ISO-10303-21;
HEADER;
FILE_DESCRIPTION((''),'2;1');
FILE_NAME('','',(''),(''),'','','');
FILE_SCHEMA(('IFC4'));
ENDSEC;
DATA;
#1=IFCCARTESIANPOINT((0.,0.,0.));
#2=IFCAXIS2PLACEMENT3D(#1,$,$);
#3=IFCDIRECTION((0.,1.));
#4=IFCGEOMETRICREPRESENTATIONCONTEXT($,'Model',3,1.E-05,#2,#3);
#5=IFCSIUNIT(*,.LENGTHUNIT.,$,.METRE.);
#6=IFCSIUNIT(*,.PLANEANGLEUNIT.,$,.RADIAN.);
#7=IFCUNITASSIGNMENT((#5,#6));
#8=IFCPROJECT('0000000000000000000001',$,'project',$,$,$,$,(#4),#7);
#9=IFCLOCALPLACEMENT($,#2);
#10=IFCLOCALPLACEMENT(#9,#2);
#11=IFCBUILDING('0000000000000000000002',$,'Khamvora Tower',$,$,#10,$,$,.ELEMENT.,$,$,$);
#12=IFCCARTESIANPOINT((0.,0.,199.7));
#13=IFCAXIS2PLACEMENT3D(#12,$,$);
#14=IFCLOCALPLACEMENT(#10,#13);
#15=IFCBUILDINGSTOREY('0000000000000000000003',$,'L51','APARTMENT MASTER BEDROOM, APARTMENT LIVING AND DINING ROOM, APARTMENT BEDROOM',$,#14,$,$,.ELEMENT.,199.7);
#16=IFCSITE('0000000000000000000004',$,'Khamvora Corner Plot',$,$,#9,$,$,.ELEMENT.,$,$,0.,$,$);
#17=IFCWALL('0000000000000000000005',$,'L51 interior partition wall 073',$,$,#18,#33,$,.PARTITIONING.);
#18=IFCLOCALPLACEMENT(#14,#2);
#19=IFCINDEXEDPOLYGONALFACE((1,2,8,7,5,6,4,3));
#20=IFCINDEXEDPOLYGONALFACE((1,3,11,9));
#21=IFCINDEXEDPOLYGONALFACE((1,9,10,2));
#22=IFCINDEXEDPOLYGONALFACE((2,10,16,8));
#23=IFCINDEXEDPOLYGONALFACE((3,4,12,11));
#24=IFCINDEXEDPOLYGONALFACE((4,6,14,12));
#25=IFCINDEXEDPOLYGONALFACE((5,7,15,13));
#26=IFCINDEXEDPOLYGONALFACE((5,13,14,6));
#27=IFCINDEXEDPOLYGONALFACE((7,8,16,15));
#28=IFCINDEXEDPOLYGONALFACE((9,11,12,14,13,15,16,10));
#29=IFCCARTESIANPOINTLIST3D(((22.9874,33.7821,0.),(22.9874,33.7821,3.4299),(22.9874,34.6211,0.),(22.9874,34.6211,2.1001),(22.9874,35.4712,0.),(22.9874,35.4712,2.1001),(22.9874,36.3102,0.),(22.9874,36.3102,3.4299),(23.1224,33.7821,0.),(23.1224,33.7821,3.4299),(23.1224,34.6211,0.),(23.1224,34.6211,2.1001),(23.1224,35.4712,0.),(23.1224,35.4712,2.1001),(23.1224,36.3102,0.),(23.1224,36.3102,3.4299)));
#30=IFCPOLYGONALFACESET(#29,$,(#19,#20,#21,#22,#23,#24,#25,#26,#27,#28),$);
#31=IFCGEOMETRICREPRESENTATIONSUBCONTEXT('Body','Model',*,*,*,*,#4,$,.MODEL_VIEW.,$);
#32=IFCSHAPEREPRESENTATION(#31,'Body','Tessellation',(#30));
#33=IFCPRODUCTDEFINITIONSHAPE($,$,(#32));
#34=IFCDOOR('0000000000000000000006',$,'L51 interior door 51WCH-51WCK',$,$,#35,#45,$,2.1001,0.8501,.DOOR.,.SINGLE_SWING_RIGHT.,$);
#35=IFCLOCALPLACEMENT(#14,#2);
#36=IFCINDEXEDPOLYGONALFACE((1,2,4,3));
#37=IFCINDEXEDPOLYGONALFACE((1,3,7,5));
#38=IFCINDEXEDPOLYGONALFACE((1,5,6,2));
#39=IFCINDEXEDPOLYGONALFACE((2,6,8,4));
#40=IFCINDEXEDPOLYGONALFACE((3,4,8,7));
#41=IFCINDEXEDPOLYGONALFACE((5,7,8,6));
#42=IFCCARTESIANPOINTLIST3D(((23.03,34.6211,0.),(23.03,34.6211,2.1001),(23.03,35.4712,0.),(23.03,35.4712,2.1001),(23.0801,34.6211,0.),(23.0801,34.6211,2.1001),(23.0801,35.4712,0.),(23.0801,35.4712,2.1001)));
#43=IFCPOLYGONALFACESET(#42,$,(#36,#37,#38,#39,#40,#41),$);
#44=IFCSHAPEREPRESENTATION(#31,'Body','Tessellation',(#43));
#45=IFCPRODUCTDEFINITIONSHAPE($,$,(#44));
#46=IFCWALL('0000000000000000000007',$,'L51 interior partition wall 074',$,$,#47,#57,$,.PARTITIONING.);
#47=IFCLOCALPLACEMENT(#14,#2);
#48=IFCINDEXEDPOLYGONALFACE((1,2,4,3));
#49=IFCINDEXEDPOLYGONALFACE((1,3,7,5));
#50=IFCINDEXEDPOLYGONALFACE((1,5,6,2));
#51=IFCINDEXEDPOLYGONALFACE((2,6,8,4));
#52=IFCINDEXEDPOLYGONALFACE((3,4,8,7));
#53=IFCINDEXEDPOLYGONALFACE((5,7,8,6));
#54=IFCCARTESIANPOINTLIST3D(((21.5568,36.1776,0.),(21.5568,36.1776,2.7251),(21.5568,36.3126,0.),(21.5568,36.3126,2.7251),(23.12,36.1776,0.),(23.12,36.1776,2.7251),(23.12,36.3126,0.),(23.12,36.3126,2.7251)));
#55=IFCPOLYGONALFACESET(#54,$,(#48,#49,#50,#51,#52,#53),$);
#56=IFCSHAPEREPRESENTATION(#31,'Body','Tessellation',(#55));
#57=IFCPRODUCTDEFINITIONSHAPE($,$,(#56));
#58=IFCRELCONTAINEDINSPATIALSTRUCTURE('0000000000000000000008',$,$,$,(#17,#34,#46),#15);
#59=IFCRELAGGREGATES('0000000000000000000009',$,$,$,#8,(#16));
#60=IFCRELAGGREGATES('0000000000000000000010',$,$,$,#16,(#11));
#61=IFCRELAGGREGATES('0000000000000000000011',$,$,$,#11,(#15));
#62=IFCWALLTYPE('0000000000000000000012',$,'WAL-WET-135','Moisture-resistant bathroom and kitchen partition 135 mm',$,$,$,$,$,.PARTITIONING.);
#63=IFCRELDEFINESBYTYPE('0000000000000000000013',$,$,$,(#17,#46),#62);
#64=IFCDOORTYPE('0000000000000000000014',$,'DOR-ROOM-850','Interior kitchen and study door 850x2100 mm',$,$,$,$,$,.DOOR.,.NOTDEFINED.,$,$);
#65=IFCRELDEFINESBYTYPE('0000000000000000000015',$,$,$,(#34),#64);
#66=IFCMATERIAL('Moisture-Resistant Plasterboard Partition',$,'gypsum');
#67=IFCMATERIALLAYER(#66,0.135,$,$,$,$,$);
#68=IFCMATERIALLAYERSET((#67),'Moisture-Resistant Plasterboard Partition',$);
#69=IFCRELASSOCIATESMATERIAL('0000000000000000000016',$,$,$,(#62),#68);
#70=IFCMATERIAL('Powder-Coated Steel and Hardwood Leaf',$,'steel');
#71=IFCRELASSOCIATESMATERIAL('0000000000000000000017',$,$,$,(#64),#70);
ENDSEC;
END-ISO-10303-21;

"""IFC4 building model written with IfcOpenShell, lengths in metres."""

from ifc_helpers import new_model, si_unit, direction, frame, frame_2d, origin, place, context, subcontext, project, spatial, rectangle, extrude, material, layer, layer_set, type_object, element, fill, save


model = new_model("IFC4")

# Units and contexts
model_context = context("Model", 3, precision=1e-05, world=origin(), true_north=direction((0.0, 1.0)))
body_context = subcontext(model_context, "Body", "Model", "MODEL_VIEW")
ifc_project = project(units=[si_unit("LENGTHUNIT", "METRE"), si_unit("PLANEANGLEUNIT", "RADIAN")], contexts=[model_context])

# Site, building, storey
site_placement = place(None, origin())
site = spatial("IfcSite", under=ifc_project, at=site_placement, Name="Khamvora Corner Plot", CompositionType="ELEMENT", RefElevation=0.0)
building_placement = place(site_placement, origin())
building = spatial("IfcBuilding", under=site, at=building_placement, Name="Khamvora Tower", CompositionType="ELEMENT")
storey_placement = place(building_placement, frame((0.0, 0.0, 199.7)))
storey = spatial("IfcBuildingStorey", under=building, at=storey_placement, Name="L51", Description="APARTMENT MASTER BEDROOM, APARTMENT LIVING AND DINING ROOM, APARTMENT BEDROOM", CompositionType="ELEMENT", Elevation=199.7)

# Shared definitions
ifc_material_1 = material(Name="Moisture-Resistant Plasterboard Partition", Category="gypsum")
ifc_layer_1 = layer(ifc_material_1, 0.135)
ifc_layer_set_1 = layer_set([ifc_layer_1], Name="Moisture-Resistant Plasterboard Partition")
wall_type_1 = type_object("IfcWallType", Name="WAL-WET-135", Description="Moisture-resistant bathroom and kitchen partition 135 mm", PredefinedType="PARTITIONING", material=ifc_layer_set_1)

# Wall, opening, door
ifc_material_2 = material(Name="Powder-Coated Steel and Hardwood Leaf", Category="steel")
door_type_1 = type_object("IfcDoorType", Name="DOR-ROOM-850", Description="Interior kitchen and study door 850x2100 mm", OperationType="NOTDEFINED", PredefinedType="DOOR", material=ifc_material_2)
wall_1_placement = place(storey_placement, frame((23.0549, 33.782, 0.0), z_axis=(0.0, 0.0, 1.0), x_axis=(0.0, 1.0, 0.0)))
wall_1 = element("IfcWall", 1, at=wall_1_placement, inside=storey, type_object=wall_type_1, Name="L51 interior partition wall 073", PredefinedType="PARTITIONING", context=body_context, shape_type="SweptSolid", body=[
    extrude(rectangle(XDim=2.5281, YDim=0.135, at=frame_2d((1.2642, 0.0))), origin(), (0.0, 0.0, 1.0), 3.4299),
])
opening_1_placement = place(wall_1_placement, frame((0.8391, 0.0, 0.0)))
opening_1 = element("IfcOpeningElement", 2, at=opening_1_placement, cuts=wall_1, PredefinedType="OPENING", context=body_context, shape_type="SweptSolid", body=[
    extrude(rectangle(XDim=0.8501, YDim=2.1001, at=frame_2d((0.425, 1.05))), frame((0.0, 0.0774, 0.0), z_axis=(0.0, -1.0, 0.0), x_axis=(1.0, 0.0, 0.0)), (0.0, 0.0, 1.0), 0.155),
])
door_1_placement = place(opening_1_placement, origin())
door_1 = element("IfcDoor", 3, at=door_1_placement, inside=storey, type_object=door_type_1, Name="L51 interior door 51WCH-51WCK", OperationType="SINGLE_SWING_RIGHT", OverallHeight=2.1001, OverallWidth=0.8501, PredefinedType="DOOR", context=body_context, shape_type="SweptSolid", body=[
    extrude(rectangle(XDim=0.8501, YDim=2.1001, at=frame_2d((0.425, 1.05))), frame((0.0, 0.0249, 0.0), z_axis=(0.0, -1.0, 0.0), x_axis=(1.0, 0.0, 0.0)), (0.0, 0.0, 1.0), 0.05),
])
fill(opening_1, door_1)

# Wall
wall_2_placement = place(storey_placement, frame((23.1201, 36.2451, 0.0), z_axis=(0.0, 0.0, 1.0), x_axis=(-1.0, 0.0, 0.0)))
element("IfcWall", 4, at=wall_2_placement, inside=storey, type_object=wall_type_1, Name="L51 interior partition wall 074", PredefinedType="PARTITIONING", context=body_context, shape_type="SweptSolid", body=[
    extrude(rectangle(XDim=1.5632, YDim=0.135, at=frame_2d((0.7817, 0.0))), origin(), (0.0, 0.0, 1.0), 2.7251),
])

save(model, "model.ifc")
